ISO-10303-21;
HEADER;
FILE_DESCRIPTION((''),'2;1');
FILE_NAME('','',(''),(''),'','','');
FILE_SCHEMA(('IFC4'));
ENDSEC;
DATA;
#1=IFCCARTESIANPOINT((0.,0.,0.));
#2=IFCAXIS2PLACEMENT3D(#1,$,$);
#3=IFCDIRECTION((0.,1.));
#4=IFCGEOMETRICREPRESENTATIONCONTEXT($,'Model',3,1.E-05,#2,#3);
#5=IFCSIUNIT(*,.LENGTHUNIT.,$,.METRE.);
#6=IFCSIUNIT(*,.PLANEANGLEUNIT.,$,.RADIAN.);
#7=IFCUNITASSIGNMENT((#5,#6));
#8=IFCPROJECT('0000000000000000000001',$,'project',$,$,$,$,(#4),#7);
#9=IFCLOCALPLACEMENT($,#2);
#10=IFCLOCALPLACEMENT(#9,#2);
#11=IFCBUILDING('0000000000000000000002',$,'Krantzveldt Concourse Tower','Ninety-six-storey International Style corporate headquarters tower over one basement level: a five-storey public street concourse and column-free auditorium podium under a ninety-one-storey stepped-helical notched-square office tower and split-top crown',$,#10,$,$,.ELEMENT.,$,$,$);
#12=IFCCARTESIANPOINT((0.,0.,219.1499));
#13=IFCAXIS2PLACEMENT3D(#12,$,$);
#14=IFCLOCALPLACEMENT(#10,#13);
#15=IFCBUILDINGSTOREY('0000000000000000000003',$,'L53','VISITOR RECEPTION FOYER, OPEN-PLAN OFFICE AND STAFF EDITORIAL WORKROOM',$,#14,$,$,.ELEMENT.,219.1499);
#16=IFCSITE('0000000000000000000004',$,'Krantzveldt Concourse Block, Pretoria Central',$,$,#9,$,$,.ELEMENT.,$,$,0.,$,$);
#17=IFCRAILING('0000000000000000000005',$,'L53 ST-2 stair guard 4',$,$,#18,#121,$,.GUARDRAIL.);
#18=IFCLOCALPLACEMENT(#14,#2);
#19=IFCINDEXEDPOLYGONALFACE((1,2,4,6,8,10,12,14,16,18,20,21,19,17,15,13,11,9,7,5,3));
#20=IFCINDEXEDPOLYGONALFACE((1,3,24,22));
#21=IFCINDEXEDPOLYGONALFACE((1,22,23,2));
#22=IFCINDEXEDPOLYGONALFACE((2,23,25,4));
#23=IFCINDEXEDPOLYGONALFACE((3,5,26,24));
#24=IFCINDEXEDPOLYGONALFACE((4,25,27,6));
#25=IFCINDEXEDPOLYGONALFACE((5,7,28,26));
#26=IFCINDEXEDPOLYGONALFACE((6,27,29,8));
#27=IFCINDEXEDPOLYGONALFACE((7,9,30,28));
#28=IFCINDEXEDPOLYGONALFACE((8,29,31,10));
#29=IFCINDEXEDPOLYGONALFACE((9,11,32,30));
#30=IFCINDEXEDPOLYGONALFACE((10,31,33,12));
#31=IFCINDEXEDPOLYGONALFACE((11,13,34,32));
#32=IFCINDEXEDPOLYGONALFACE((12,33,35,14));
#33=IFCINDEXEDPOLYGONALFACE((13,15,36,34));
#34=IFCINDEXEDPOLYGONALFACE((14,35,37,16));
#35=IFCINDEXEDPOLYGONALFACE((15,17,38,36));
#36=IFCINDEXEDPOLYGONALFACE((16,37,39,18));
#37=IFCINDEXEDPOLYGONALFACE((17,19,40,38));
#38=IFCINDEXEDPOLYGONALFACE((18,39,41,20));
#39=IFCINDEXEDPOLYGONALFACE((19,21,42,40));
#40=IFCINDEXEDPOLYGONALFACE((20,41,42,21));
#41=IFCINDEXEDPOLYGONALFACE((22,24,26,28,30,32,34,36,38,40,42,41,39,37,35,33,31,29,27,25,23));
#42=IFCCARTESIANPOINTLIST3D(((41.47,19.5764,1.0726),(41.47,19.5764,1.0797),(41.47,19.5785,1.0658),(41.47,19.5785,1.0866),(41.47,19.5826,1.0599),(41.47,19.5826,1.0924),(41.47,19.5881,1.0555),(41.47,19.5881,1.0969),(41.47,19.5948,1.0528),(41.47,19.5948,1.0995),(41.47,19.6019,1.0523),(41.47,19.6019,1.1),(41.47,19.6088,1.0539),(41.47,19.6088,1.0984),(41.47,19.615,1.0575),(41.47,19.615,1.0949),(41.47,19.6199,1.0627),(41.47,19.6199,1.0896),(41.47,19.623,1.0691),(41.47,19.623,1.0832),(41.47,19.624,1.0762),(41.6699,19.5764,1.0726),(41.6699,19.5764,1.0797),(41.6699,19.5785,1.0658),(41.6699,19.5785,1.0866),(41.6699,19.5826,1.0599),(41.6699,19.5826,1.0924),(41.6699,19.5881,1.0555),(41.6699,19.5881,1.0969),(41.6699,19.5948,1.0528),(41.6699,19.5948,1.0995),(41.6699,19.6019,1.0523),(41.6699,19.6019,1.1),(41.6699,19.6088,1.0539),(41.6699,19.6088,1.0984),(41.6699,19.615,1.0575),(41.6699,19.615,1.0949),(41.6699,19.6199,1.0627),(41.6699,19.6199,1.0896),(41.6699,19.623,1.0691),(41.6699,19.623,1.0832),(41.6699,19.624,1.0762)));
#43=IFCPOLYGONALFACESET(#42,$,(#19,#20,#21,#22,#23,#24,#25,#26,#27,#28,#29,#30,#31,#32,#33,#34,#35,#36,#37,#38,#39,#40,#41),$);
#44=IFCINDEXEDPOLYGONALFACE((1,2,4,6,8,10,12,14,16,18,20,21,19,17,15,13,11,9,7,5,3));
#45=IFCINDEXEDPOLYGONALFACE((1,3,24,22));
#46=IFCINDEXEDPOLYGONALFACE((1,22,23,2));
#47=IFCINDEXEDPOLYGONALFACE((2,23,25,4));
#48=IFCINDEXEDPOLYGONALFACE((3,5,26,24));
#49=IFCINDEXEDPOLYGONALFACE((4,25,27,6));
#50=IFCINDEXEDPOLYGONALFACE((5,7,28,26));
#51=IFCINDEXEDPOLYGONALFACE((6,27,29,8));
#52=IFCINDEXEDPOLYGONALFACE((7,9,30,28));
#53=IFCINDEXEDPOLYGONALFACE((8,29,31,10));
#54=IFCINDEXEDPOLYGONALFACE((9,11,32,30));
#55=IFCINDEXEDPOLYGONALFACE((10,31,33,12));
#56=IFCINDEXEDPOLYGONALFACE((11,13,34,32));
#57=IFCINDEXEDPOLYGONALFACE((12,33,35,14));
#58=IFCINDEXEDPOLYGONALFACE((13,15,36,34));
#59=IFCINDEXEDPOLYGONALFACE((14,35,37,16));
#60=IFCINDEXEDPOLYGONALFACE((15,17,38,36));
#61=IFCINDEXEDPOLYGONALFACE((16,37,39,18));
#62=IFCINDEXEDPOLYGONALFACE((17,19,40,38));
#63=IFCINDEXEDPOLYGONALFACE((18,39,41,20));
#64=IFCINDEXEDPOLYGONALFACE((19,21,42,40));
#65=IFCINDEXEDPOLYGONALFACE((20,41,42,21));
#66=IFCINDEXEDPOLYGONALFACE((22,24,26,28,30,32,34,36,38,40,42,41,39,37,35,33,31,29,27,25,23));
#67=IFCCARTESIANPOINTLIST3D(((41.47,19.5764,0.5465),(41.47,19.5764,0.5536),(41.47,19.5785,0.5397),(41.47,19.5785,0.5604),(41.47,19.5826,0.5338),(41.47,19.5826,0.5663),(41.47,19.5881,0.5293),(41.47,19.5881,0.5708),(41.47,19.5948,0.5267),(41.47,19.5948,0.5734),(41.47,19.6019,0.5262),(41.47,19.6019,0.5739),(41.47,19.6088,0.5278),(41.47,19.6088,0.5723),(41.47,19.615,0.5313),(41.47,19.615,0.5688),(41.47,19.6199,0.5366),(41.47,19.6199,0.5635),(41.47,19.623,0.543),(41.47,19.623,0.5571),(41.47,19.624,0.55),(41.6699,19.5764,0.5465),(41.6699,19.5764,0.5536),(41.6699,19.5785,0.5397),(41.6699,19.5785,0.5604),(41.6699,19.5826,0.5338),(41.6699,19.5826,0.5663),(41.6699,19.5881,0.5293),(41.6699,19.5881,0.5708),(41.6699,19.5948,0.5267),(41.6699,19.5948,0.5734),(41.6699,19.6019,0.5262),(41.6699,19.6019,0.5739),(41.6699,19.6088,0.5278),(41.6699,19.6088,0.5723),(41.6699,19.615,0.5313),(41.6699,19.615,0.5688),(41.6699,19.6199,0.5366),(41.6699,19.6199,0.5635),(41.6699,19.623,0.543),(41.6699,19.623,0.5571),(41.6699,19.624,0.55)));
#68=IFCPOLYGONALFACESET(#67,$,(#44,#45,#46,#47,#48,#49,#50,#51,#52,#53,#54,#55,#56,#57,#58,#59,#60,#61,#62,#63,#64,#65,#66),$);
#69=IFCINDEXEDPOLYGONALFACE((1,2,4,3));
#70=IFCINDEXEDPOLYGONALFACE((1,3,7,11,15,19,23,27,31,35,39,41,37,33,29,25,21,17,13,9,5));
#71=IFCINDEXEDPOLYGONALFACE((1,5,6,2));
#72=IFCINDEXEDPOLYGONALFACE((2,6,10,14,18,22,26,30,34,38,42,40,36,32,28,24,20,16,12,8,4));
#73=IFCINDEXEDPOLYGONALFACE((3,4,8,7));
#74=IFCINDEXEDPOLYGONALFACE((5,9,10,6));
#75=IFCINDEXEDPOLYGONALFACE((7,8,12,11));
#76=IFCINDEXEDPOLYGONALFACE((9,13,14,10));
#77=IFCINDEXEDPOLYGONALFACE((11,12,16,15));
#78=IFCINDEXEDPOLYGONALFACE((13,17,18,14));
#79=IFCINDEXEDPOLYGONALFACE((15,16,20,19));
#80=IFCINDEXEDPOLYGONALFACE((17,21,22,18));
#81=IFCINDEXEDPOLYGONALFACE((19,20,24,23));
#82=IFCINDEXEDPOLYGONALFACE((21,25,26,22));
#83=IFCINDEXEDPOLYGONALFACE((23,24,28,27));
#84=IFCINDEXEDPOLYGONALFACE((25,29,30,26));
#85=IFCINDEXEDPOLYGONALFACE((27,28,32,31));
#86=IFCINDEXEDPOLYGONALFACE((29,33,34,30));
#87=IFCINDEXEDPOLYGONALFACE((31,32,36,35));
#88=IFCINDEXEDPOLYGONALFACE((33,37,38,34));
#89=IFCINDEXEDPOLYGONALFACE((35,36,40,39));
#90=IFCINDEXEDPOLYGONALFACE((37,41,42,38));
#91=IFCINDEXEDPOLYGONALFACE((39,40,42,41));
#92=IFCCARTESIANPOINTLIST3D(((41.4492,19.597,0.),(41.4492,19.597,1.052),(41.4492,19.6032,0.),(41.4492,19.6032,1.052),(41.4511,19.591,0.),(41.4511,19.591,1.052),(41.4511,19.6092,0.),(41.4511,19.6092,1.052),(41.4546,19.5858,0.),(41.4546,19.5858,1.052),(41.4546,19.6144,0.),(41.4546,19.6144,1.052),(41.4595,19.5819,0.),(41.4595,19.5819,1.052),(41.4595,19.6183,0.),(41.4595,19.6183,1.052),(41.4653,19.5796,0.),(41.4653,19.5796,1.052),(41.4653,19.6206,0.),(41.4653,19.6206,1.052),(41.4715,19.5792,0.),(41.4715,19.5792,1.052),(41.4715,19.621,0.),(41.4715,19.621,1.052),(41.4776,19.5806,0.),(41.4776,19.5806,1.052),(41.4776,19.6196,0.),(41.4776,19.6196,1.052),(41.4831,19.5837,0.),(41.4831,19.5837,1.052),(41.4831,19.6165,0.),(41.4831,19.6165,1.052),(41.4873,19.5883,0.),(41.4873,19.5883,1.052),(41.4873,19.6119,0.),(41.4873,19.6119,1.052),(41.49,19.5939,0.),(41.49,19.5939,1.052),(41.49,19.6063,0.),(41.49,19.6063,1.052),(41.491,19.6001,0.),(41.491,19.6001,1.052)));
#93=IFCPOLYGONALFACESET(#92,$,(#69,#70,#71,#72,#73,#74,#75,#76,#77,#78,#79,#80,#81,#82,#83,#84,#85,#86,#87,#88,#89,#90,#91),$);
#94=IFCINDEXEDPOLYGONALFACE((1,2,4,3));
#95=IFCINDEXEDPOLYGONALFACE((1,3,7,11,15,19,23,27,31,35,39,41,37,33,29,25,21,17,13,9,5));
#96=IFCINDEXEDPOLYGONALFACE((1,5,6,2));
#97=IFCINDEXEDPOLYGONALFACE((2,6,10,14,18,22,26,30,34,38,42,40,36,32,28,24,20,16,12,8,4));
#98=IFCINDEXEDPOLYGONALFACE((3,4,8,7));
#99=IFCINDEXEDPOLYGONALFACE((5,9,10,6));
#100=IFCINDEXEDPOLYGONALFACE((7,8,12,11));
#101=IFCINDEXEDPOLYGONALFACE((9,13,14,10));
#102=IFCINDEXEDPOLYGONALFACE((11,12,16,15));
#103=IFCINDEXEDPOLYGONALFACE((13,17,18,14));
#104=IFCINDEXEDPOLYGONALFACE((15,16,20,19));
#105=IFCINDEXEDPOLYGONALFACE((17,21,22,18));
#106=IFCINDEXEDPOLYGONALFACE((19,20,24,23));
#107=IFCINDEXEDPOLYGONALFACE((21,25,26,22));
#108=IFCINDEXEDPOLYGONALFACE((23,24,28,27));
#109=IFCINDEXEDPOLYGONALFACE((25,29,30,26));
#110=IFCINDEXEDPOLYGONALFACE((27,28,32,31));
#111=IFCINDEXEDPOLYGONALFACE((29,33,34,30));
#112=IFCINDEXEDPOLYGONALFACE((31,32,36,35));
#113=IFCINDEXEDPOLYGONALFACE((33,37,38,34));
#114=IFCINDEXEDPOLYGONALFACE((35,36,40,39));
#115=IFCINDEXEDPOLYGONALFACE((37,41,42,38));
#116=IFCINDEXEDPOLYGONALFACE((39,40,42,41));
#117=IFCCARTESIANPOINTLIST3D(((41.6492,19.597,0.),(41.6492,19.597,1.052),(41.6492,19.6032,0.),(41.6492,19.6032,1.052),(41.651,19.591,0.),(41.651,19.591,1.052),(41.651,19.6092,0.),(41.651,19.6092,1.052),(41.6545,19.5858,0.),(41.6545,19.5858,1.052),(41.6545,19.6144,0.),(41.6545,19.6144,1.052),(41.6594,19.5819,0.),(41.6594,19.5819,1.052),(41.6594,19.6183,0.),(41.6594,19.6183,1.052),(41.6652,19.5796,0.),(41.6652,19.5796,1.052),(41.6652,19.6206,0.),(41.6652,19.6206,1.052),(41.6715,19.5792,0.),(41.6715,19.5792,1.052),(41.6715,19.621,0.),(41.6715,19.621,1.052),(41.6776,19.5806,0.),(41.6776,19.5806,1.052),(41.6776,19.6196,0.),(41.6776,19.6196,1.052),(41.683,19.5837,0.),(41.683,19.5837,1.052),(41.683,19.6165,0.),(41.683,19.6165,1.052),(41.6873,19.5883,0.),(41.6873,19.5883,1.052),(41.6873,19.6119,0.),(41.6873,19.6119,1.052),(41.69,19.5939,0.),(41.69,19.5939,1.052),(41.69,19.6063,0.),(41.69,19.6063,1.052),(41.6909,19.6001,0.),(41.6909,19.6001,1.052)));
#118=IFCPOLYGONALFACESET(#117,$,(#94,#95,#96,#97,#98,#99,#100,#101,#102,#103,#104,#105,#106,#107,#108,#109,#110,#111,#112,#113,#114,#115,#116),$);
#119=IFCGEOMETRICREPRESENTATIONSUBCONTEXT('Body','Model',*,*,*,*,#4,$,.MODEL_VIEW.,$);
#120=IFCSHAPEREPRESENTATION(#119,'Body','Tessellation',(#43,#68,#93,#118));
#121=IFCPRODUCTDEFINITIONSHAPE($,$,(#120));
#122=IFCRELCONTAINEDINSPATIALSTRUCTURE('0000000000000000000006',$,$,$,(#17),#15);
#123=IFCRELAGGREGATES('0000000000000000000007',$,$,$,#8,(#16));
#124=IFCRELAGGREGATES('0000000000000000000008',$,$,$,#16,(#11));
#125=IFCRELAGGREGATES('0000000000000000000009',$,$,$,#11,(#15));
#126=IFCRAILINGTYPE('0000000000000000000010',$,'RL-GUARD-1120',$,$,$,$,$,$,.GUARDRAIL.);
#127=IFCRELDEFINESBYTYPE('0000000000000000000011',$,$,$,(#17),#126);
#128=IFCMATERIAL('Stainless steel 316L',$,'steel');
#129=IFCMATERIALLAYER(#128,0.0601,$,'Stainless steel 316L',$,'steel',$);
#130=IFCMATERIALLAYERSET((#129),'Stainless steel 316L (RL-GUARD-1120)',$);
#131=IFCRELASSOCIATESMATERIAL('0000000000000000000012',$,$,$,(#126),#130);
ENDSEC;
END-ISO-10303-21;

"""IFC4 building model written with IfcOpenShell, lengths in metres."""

from ifc_helpers import new_model, si_unit, direction, frame, origin, origin_2d, place, context, subcontext, project, spatial, circle, extrude, material, layer, layer_set, type_object, element, save


model = new_model("IFC4")

# Units and contexts
model_context = context("Model", 3, precision=1e-05, world=origin(), true_north=direction((0.0, 1.0)))
body_context = subcontext(model_context, "Body", "Model", "MODEL_VIEW")
ifc_project = project(units=[si_unit("LENGTHUNIT", "METRE"), si_unit("PLANEANGLEUNIT", "RADIAN")], contexts=[model_context])

# Site, building, storey
site_placement = place(None, origin())
site = spatial("IfcSite", under=ifc_project, at=site_placement, Name="Krantzveldt Concourse Block, Pretoria Central", CompositionType="ELEMENT", RefElevation=0.0)
building_placement = place(site_placement, origin())
building = spatial("IfcBuilding", under=site, at=building_placement, Name="Krantzveldt Concourse Tower", Description="Ninety-six-storey International Style corporate headquarters tower over one basement level: a five-storey public street concourse and column-free auditorium podium under a ninety-one-storey stepped-helical notched-square office tower and split-top crown", CompositionType="ELEMENT")
storey_placement = place(building_placement, frame((0.0, 0.0, 219.1499)))
storey = spatial("IfcBuildingStorey", under=building, at=storey_placement, Name="L53", Description="VISITOR RECEPTION FOYER, OPEN-PLAN OFFICE AND STAFF EDITORIAL WORKROOM", CompositionType="ELEMENT", Elevation=219.1499)

# Shared definitions
ifc_material_1 = material(Name="Stainless steel 316L", Category="steel")

# Railing
ifc_layer_1 = layer(ifc_material_1, 0.0601, Name="Stainless steel 316L", Category="steel")
ifc_layer_set_1 = layer_set([ifc_layer_1], Name="Stainless steel 316L (RL-GUARD-1120)")
railing_type_1 = type_object("IfcRailingType", Name="RL-GUARD-1120", PredefinedType="GUARDRAIL", material=ifc_layer_set_1)
railing_1_placement = place(storey_placement, frame((41.47, 19.6001, 0.0)))
element("IfcRailing", 1, at=railing_1_placement, inside=storey, type_object=railing_type_1, Name="L53 ST-2 stair guard 4", PredefinedType="GUARDRAIL", context=body_context, shape_type="SweptSolid", body=[
    extrude(circle(Radius=0.0239, at=origin_2d()), frame((0.0, 0.0, 1.0762), z_axis=(1.0, 0.0, 0.0), x_axis=(0.0, 1.0, 0.0)), (0.0, 0.0, 1.0), 0.2),
    extrude(circle(Radius=0.0239, at=origin_2d()), frame((0.0, 0.0, 0.55), z_axis=(1.0, 0.0, 0.0), x_axis=(0.0, 1.0, 0.0)), (0.0, 0.0, 1.0), 0.2),
    extrude(circle(Radius=0.021, at=origin_2d()), origin(), (0.0, 0.0, 1.0), 1.052),
    extrude(circle(Radius=0.021, at=origin_2d()), frame((0.2, 0.0, 0.0)), (0.0, 0.0, 1.0), 1.052),
])

save(model, "model.ifc")
